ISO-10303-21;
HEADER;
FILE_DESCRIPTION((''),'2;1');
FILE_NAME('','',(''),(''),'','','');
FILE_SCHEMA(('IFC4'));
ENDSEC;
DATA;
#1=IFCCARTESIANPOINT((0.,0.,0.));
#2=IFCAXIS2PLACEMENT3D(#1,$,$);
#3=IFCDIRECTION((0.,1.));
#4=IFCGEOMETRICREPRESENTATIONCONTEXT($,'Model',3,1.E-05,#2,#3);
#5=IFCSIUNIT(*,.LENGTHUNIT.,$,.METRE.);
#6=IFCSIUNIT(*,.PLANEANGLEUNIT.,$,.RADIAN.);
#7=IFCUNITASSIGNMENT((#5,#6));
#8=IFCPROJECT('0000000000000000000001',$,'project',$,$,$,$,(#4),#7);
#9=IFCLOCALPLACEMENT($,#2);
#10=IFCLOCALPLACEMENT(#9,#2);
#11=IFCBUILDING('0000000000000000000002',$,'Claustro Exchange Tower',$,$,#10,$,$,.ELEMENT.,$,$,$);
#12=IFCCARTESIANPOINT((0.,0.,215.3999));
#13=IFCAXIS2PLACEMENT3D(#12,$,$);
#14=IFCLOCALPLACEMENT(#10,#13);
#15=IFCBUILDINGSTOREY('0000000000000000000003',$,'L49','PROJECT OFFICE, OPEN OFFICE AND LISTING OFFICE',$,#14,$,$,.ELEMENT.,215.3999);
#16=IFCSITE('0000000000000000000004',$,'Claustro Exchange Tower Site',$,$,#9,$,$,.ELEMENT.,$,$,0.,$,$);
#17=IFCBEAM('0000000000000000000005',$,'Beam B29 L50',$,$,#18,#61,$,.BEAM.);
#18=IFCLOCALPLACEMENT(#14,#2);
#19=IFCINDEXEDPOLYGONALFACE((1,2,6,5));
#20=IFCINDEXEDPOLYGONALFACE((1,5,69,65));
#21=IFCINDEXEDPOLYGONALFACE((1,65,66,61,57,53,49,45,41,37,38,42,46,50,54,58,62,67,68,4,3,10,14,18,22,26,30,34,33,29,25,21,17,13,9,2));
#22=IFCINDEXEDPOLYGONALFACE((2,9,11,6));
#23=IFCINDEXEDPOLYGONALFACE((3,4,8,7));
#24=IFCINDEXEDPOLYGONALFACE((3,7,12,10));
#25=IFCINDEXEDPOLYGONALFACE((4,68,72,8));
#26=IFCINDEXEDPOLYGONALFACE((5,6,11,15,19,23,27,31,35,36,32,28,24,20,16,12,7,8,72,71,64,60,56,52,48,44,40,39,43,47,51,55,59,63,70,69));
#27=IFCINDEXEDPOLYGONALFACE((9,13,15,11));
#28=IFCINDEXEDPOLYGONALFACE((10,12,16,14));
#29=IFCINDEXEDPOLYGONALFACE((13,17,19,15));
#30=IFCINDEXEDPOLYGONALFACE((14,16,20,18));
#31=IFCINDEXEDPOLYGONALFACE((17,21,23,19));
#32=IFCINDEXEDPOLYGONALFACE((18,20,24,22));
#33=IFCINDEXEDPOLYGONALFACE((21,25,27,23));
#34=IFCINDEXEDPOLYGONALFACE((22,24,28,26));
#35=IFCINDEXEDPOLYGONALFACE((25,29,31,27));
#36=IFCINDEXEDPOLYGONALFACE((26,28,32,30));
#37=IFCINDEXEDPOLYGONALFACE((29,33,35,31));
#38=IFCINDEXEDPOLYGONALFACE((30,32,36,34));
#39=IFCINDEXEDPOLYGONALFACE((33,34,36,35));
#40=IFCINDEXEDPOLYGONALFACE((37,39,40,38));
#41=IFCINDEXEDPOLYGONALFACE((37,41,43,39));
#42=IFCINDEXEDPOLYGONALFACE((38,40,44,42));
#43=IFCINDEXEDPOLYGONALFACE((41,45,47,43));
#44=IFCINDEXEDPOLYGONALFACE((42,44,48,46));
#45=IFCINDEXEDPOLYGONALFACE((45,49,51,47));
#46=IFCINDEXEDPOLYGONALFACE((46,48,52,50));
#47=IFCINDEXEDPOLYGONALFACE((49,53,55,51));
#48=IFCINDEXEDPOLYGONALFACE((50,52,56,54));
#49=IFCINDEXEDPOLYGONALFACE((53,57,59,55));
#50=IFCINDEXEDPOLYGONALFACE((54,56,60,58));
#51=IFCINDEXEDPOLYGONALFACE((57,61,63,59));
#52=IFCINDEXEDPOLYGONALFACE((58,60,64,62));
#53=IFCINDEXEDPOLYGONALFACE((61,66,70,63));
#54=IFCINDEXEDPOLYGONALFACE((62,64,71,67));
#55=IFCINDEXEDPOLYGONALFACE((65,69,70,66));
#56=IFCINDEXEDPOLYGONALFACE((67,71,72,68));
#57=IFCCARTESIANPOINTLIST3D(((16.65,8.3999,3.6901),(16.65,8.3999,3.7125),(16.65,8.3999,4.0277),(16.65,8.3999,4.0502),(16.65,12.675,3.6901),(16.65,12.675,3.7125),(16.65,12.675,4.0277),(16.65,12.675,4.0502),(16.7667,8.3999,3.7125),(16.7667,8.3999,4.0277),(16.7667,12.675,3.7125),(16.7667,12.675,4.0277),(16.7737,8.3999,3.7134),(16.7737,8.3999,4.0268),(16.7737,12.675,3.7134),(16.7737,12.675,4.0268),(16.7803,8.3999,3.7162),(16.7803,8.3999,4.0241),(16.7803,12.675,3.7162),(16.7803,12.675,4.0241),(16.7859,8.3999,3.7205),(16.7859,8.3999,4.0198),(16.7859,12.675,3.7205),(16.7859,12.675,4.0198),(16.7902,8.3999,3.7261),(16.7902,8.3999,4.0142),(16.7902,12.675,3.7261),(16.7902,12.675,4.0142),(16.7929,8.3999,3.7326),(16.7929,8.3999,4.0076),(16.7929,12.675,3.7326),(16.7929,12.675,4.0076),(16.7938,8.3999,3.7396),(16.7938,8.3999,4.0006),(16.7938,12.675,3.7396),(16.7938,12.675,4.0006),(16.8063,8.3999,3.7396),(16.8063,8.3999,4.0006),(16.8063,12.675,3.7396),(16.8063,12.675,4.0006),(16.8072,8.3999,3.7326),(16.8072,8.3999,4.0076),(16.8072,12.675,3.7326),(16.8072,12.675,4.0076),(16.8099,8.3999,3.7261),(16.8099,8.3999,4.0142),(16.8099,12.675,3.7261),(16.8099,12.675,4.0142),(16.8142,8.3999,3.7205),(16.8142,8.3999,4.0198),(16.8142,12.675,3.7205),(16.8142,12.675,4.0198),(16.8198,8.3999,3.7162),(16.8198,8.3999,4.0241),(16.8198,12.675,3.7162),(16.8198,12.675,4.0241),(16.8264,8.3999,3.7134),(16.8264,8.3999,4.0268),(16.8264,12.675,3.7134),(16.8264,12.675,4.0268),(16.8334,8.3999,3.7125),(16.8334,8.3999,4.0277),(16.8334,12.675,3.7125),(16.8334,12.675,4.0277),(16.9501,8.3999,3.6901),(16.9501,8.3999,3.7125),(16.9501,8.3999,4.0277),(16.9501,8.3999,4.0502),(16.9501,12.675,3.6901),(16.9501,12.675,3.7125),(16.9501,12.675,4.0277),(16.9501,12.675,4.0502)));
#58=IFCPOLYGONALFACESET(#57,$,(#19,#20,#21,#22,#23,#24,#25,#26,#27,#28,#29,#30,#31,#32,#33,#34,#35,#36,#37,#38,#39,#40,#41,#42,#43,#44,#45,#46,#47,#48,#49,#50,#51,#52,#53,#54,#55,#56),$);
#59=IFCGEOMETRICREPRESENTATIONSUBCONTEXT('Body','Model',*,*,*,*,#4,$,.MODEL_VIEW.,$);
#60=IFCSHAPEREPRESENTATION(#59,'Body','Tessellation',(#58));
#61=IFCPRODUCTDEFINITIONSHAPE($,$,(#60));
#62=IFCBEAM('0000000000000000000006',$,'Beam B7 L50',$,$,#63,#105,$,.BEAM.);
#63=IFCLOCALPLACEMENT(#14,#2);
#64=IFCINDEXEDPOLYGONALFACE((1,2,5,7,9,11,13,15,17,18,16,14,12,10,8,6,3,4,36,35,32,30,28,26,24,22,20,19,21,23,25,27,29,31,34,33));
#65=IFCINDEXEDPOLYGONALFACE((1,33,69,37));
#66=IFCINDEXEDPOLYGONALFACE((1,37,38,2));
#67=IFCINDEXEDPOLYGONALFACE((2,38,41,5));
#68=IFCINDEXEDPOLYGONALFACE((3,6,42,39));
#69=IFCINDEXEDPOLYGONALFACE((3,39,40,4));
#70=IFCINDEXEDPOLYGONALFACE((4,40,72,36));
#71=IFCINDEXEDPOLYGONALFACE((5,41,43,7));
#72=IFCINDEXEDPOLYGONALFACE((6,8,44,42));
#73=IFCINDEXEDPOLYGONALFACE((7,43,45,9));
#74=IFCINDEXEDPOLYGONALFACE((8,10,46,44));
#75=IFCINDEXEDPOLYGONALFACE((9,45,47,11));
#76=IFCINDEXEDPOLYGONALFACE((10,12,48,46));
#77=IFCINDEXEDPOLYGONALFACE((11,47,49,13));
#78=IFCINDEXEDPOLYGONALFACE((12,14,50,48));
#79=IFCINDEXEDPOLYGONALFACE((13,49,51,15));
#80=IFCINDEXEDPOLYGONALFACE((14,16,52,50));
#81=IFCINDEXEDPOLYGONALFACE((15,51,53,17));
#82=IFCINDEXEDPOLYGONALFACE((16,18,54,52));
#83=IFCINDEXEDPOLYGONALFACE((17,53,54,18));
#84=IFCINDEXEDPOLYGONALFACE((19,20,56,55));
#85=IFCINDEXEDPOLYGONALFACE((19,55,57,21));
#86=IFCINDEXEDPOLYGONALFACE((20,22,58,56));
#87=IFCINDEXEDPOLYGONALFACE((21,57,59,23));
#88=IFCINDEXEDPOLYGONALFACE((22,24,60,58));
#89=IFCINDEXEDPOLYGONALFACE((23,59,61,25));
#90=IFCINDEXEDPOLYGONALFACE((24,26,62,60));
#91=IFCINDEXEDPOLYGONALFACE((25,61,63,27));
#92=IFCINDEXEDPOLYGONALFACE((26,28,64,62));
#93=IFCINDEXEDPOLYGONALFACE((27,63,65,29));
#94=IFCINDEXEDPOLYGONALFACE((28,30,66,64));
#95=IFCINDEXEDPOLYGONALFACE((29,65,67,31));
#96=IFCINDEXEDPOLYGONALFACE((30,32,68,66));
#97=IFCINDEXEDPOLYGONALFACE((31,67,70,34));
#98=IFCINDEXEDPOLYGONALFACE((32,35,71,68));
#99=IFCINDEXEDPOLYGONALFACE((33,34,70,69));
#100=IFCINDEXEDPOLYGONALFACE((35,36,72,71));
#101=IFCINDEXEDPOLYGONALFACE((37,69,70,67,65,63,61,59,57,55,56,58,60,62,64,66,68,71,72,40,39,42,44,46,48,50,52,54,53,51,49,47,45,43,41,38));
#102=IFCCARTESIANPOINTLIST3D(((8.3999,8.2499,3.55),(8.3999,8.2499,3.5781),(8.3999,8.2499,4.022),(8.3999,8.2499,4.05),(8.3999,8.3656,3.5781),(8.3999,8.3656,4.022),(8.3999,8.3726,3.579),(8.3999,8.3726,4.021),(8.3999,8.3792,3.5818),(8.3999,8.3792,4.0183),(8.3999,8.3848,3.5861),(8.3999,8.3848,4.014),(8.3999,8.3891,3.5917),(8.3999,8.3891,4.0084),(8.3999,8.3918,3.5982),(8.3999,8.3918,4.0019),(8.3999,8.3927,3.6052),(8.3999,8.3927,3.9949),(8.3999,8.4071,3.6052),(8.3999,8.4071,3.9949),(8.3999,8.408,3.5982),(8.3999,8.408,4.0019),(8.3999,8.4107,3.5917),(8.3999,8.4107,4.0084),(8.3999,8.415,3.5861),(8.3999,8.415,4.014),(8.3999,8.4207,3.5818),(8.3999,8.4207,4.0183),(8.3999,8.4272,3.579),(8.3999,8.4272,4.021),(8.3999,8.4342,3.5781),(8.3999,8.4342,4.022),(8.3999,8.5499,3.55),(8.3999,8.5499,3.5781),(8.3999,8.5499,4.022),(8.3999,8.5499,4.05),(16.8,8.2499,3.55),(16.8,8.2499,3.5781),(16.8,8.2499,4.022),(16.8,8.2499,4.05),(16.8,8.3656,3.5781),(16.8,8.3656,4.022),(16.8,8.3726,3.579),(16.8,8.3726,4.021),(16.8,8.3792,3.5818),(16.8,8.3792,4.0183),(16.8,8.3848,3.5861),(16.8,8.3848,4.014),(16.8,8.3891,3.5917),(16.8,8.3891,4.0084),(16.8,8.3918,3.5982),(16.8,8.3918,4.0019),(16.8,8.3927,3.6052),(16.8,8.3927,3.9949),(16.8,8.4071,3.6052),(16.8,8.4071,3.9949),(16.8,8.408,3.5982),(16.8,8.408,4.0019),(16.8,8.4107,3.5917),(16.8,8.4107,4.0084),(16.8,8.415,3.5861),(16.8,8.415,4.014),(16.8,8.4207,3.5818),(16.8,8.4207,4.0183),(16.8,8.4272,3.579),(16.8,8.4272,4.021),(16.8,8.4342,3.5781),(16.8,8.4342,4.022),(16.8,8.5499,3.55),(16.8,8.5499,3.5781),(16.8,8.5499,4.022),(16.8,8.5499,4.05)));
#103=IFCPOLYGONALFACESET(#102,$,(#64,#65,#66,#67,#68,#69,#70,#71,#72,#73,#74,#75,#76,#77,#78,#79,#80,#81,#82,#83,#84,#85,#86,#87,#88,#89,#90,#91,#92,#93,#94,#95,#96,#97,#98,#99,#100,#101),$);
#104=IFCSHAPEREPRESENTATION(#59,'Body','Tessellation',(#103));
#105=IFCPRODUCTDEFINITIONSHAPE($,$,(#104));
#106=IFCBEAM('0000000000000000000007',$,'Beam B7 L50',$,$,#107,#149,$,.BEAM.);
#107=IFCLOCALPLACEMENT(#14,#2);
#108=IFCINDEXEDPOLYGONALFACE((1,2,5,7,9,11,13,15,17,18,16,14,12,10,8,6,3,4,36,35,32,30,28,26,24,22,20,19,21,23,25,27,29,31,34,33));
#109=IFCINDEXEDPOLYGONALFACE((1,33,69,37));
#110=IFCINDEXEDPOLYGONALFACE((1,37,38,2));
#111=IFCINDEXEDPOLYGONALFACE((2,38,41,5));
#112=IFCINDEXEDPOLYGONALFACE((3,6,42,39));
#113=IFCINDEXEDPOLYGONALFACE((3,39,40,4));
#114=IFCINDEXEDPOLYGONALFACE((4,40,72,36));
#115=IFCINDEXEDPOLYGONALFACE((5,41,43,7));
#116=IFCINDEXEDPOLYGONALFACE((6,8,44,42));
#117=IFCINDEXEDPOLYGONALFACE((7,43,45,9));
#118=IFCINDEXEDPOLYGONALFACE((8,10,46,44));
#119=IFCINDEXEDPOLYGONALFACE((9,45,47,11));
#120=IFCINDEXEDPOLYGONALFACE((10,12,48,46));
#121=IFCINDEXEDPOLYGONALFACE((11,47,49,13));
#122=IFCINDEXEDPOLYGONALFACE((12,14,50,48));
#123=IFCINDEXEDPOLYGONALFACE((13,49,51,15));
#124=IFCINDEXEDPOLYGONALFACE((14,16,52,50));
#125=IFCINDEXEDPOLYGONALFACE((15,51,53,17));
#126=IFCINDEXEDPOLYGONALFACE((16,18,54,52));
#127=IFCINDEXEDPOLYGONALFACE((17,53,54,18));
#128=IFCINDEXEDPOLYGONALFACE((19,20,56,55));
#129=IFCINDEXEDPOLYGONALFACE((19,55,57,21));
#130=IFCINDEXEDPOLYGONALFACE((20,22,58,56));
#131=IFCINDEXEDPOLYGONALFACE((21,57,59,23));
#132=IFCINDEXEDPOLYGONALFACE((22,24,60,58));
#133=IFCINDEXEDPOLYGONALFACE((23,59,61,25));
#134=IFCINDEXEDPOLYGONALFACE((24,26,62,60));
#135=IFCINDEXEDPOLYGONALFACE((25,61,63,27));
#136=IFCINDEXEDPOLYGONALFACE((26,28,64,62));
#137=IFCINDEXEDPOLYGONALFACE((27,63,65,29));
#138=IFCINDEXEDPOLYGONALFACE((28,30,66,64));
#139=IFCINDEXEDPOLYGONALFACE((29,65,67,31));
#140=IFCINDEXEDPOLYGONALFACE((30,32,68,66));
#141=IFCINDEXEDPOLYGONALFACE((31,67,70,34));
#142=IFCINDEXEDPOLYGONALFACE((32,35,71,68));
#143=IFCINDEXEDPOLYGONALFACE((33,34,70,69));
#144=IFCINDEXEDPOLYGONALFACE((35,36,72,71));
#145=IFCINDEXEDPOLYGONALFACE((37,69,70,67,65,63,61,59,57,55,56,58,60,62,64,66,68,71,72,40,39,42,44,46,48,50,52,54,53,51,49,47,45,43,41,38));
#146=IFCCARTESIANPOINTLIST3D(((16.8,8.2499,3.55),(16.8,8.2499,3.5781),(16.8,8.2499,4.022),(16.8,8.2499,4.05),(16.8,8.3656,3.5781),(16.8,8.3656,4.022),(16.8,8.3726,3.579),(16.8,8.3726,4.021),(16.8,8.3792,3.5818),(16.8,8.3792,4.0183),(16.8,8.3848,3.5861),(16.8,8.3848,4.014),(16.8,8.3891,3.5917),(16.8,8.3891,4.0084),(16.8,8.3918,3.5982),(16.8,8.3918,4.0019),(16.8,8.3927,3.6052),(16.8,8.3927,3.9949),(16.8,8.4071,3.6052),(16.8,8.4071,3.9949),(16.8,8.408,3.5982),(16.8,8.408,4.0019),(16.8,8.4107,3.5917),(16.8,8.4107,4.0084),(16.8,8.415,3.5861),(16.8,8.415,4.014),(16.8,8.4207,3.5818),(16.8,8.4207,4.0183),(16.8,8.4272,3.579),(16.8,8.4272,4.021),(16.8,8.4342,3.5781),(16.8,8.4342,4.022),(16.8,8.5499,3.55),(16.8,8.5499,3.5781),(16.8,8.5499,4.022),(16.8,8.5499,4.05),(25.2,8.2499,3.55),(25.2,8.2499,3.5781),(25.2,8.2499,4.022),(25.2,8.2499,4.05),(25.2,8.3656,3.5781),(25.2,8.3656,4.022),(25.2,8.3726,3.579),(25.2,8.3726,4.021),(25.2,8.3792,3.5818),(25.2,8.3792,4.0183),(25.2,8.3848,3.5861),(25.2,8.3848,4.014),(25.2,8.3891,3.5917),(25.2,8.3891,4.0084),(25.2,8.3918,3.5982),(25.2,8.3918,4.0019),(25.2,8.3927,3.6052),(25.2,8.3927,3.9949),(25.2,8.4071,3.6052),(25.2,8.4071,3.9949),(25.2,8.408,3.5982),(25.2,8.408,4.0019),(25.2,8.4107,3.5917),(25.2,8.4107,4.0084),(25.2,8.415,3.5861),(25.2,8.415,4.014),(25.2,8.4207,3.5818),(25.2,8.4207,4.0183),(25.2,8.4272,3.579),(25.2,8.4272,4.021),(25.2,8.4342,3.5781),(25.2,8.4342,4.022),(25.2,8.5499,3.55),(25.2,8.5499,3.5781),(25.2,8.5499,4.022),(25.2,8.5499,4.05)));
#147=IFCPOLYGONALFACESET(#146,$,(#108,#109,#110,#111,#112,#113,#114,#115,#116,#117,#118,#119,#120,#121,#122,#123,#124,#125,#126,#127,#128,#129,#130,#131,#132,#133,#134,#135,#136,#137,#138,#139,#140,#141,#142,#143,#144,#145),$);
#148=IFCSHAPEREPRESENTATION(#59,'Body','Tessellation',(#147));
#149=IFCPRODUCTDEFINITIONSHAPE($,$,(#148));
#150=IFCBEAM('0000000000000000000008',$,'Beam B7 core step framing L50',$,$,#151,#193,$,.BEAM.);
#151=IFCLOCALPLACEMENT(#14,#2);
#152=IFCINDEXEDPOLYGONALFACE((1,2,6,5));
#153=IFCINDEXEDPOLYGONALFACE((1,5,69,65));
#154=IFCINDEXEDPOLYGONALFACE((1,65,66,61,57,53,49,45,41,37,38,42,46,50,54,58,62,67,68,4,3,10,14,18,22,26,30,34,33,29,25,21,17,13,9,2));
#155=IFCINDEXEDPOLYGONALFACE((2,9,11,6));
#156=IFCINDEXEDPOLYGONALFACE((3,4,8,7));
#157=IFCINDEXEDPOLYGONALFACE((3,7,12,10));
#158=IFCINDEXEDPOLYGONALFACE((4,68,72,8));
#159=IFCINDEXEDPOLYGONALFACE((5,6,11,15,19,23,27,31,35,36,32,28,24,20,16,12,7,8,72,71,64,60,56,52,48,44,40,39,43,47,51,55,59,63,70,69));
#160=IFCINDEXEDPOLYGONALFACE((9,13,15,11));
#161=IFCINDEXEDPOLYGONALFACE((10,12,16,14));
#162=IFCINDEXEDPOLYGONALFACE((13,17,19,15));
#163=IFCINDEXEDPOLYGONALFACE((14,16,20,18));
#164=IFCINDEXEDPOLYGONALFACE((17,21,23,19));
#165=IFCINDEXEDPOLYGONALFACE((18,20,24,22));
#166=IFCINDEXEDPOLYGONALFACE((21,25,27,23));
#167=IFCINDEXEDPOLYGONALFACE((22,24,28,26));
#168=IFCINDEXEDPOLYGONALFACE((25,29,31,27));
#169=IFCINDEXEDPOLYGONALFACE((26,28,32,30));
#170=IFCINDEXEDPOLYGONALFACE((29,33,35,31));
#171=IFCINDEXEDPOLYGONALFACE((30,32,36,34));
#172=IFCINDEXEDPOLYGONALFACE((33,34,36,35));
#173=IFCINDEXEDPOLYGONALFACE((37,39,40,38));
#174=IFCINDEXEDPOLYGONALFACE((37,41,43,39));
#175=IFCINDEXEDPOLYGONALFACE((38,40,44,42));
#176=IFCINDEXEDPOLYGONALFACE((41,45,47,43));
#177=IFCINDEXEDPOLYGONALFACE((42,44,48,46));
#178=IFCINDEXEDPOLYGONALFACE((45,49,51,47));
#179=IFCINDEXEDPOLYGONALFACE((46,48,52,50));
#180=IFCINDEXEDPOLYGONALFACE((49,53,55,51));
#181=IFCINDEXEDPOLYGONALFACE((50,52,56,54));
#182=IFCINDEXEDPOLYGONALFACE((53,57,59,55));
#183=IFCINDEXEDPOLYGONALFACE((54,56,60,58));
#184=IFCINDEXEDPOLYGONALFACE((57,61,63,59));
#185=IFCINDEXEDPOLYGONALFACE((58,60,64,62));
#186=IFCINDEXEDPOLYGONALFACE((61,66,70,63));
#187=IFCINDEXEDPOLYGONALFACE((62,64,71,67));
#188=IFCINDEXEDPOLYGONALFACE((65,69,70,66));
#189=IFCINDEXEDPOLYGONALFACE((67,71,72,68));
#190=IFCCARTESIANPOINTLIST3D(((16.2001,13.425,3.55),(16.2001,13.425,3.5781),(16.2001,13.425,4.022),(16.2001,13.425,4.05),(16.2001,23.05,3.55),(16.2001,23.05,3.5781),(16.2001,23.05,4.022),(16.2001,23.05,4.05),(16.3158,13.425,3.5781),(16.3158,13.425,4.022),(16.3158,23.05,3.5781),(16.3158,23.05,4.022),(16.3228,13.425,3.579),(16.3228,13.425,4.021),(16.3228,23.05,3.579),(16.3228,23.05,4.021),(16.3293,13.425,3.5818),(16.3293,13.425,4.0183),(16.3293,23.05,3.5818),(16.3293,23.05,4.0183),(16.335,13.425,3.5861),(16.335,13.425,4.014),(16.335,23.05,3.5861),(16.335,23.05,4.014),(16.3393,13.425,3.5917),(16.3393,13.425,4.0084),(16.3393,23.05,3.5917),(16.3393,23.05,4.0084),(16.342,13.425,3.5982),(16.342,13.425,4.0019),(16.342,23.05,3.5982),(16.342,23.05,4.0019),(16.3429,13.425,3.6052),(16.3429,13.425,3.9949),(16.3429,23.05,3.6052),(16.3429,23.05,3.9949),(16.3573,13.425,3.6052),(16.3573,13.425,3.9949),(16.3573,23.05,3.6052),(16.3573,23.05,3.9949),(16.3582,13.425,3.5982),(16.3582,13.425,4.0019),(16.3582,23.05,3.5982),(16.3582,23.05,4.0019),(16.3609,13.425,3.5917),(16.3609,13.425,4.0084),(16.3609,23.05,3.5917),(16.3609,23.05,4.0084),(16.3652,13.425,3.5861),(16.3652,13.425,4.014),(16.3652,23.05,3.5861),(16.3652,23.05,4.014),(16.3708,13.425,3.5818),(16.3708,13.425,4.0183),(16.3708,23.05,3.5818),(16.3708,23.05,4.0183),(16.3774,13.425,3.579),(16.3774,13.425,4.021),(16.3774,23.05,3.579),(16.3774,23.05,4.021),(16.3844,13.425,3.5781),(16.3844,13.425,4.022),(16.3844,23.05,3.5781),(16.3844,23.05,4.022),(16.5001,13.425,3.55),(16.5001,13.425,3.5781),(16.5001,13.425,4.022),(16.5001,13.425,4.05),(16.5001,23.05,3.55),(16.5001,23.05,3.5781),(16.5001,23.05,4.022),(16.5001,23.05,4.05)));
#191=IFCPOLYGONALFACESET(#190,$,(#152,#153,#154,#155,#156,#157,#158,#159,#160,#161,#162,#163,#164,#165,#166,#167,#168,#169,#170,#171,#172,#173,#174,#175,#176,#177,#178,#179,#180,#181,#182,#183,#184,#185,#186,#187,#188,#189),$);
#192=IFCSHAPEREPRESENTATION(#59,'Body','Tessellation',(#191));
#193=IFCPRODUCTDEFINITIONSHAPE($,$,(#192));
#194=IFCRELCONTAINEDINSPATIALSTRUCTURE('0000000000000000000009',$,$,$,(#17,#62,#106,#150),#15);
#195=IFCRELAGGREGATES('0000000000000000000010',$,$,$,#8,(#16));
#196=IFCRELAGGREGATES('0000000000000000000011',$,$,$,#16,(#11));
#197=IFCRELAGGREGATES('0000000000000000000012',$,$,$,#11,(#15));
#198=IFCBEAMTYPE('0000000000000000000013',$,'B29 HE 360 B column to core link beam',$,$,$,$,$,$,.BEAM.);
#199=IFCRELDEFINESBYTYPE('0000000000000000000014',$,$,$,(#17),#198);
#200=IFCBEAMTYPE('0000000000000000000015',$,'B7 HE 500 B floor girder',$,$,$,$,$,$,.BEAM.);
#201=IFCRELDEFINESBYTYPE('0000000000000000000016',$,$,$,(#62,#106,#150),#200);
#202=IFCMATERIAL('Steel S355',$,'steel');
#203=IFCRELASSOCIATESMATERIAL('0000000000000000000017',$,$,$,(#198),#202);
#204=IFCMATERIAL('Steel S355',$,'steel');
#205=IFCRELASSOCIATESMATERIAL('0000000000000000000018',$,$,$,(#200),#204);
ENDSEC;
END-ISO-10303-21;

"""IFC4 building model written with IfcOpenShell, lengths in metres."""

from ifc_helpers import new_model, si_unit, direction, frame, origin, origin_2d, place, context, subcontext, project, spatial, i_section, extrude, material, material_profile, profile_set, type_object, element, save


model = new_model("IFC4")

# Units and contexts
model_context = context("Model", 3, precision=1e-05, world=origin(), true_north=direction((0.0, 1.0)))
body_context = subcontext(model_context, "Body", "Model", "MODEL_VIEW")
ifc_project = project(units=[si_unit("LENGTHUNIT", "METRE"), si_unit("PLANEANGLEUNIT", "RADIAN")], contexts=[model_context])

# Site, building, storey
site_placement = place(None, origin())
site = spatial("IfcSite", under=ifc_project, at=site_placement, Name="Claustro Exchange Tower Site", CompositionType="ELEMENT", RefElevation=0.0)
building_placement = place(site_placement, origin())
building = spatial("IfcBuilding", under=site, at=building_placement, Name="Claustro Exchange Tower", CompositionType="ELEMENT")
storey_placement = place(building_placement, frame((0.0, 0.0, 215.3999)))
storey = spatial("IfcBuildingStorey", under=building, at=storey_placement, Name="L49", Description="PROJECT OFFICE, OPEN OFFICE AND LISTING OFFICE", CompositionType="ELEMENT", Elevation=215.3999)

# Beams
ifc_material_1 = material(Name="Steel S355", Category="steel")
ifc_material_profile_1 = material_profile(ifc_material_1, i_section(OverallWidth=0.3, OverallDepth=0.3601, WebThickness=0.0125, FlangeThickness=0.0225, FilletRadius=0.0271, at=origin_2d()), Name="HE 360 B")
ifc_profile_set_1 = profile_set([ifc_material_profile_1], Name="Steel S355")
beam_type_1 = type_object("IfcBeamType", Name="B29 HE 360 B column to core link beam", PredefinedType="BEAM", material=ifc_profile_set_1)
for number, where, z_axis, x_axis, name in (
    (1, (16.8, 8.3999, 3.8701), (0.0, 1.0, 0.0), (-1.0, 0.0, 0.0), "Beam B29 L50"),
):
    element("IfcBeam", number, at=place(storey_placement, frame(where, z_axis=z_axis, x_axis=x_axis)), inside=storey, type_object=beam_type_1, Name=name, PredefinedType="BEAM", context=body_context, shape_type="SweptSolid", body=[
        extrude(i_section(OverallWidth=0.3, OverallDepth=0.3601, WebThickness=0.0125, FlangeThickness=0.0225, FilletRadius=0.0271, at=origin_2d()), origin(), (0.0, 0.0, 1.0), 4.2751),
    ])
ifc_material_2 = material(Name="Steel S355", Category="steel")
ifc_material_profile_2 = material_profile(ifc_material_2, i_section(OverallWidth=0.3, OverallDepth=0.5, WebThickness=0.0144, FlangeThickness=0.0281, FilletRadius=0.0271, at=origin_2d()), Name="HE 500 B")
ifc_profile_set_2 = profile_set([ifc_material_profile_2], Name="Steel S355")
beam_type_2 = type_object("IfcBeamType", Name="B7 HE 500 B floor girder", PredefinedType="BEAM", material=ifc_profile_set_2)
beam_1_placement = place(storey_placement, frame((8.3999, 8.3999, 3.8), z_axis=(1.0, 0.0, 0.0), x_axis=(0.0, 1.0, 0.0)))
element("IfcBeam", 2, at=beam_1_placement, inside=storey, type_object=beam_type_2, Name="Beam B7 L50", PredefinedType="BEAM", context=body_context, shape_type="SweptSolid", body=[
    extrude(i_section(OverallWidth=0.3, OverallDepth=0.5, WebThickness=0.0144, FlangeThickness=0.0281, FilletRadius=0.0271, at=origin_2d()), origin(), (0.0, 0.0, 1.0), 8.4001),
])
beam_2_placement = place(storey_placement, frame((16.8, 8.3999, 3.8), z_axis=(1.0, 0.0, 0.0), x_axis=(0.0, 1.0, 0.0)))
element("IfcBeam", 3, at=beam_2_placement, inside=storey, type_object=beam_type_2, Name="Beam B7 L50", PredefinedType="BEAM", context=body_context, shape_type="SweptSolid", body=[
    extrude(i_section(OverallWidth=0.3, OverallDepth=0.5, WebThickness=0.0144, FlangeThickness=0.0281, FilletRadius=0.0271, at=origin_2d()), origin(), (0.0, 0.0, 1.0), 8.3999),
])
beam_3_placement = place(storey_placement, frame((16.3501, 13.425, 3.8), z_axis=(0.0, 1.0, 0.0), x_axis=(-1.0, 0.0, 0.0)))
element("IfcBeam", 4, at=beam_3_placement, inside=storey, type_object=beam_type_2, Name="Beam B7 core step framing L50", PredefinedType="BEAM", context=body_context, shape_type="SweptSolid", body=[
    extrude(i_section(OverallWidth=0.3, OverallDepth=0.5, WebThickness=0.0144, FlangeThickness=0.0281, FilletRadius=0.0271, at=origin_2d()), origin(), (0.0, 0.0, 1.0), 9.625),
])

save(model, "model.ifc")
